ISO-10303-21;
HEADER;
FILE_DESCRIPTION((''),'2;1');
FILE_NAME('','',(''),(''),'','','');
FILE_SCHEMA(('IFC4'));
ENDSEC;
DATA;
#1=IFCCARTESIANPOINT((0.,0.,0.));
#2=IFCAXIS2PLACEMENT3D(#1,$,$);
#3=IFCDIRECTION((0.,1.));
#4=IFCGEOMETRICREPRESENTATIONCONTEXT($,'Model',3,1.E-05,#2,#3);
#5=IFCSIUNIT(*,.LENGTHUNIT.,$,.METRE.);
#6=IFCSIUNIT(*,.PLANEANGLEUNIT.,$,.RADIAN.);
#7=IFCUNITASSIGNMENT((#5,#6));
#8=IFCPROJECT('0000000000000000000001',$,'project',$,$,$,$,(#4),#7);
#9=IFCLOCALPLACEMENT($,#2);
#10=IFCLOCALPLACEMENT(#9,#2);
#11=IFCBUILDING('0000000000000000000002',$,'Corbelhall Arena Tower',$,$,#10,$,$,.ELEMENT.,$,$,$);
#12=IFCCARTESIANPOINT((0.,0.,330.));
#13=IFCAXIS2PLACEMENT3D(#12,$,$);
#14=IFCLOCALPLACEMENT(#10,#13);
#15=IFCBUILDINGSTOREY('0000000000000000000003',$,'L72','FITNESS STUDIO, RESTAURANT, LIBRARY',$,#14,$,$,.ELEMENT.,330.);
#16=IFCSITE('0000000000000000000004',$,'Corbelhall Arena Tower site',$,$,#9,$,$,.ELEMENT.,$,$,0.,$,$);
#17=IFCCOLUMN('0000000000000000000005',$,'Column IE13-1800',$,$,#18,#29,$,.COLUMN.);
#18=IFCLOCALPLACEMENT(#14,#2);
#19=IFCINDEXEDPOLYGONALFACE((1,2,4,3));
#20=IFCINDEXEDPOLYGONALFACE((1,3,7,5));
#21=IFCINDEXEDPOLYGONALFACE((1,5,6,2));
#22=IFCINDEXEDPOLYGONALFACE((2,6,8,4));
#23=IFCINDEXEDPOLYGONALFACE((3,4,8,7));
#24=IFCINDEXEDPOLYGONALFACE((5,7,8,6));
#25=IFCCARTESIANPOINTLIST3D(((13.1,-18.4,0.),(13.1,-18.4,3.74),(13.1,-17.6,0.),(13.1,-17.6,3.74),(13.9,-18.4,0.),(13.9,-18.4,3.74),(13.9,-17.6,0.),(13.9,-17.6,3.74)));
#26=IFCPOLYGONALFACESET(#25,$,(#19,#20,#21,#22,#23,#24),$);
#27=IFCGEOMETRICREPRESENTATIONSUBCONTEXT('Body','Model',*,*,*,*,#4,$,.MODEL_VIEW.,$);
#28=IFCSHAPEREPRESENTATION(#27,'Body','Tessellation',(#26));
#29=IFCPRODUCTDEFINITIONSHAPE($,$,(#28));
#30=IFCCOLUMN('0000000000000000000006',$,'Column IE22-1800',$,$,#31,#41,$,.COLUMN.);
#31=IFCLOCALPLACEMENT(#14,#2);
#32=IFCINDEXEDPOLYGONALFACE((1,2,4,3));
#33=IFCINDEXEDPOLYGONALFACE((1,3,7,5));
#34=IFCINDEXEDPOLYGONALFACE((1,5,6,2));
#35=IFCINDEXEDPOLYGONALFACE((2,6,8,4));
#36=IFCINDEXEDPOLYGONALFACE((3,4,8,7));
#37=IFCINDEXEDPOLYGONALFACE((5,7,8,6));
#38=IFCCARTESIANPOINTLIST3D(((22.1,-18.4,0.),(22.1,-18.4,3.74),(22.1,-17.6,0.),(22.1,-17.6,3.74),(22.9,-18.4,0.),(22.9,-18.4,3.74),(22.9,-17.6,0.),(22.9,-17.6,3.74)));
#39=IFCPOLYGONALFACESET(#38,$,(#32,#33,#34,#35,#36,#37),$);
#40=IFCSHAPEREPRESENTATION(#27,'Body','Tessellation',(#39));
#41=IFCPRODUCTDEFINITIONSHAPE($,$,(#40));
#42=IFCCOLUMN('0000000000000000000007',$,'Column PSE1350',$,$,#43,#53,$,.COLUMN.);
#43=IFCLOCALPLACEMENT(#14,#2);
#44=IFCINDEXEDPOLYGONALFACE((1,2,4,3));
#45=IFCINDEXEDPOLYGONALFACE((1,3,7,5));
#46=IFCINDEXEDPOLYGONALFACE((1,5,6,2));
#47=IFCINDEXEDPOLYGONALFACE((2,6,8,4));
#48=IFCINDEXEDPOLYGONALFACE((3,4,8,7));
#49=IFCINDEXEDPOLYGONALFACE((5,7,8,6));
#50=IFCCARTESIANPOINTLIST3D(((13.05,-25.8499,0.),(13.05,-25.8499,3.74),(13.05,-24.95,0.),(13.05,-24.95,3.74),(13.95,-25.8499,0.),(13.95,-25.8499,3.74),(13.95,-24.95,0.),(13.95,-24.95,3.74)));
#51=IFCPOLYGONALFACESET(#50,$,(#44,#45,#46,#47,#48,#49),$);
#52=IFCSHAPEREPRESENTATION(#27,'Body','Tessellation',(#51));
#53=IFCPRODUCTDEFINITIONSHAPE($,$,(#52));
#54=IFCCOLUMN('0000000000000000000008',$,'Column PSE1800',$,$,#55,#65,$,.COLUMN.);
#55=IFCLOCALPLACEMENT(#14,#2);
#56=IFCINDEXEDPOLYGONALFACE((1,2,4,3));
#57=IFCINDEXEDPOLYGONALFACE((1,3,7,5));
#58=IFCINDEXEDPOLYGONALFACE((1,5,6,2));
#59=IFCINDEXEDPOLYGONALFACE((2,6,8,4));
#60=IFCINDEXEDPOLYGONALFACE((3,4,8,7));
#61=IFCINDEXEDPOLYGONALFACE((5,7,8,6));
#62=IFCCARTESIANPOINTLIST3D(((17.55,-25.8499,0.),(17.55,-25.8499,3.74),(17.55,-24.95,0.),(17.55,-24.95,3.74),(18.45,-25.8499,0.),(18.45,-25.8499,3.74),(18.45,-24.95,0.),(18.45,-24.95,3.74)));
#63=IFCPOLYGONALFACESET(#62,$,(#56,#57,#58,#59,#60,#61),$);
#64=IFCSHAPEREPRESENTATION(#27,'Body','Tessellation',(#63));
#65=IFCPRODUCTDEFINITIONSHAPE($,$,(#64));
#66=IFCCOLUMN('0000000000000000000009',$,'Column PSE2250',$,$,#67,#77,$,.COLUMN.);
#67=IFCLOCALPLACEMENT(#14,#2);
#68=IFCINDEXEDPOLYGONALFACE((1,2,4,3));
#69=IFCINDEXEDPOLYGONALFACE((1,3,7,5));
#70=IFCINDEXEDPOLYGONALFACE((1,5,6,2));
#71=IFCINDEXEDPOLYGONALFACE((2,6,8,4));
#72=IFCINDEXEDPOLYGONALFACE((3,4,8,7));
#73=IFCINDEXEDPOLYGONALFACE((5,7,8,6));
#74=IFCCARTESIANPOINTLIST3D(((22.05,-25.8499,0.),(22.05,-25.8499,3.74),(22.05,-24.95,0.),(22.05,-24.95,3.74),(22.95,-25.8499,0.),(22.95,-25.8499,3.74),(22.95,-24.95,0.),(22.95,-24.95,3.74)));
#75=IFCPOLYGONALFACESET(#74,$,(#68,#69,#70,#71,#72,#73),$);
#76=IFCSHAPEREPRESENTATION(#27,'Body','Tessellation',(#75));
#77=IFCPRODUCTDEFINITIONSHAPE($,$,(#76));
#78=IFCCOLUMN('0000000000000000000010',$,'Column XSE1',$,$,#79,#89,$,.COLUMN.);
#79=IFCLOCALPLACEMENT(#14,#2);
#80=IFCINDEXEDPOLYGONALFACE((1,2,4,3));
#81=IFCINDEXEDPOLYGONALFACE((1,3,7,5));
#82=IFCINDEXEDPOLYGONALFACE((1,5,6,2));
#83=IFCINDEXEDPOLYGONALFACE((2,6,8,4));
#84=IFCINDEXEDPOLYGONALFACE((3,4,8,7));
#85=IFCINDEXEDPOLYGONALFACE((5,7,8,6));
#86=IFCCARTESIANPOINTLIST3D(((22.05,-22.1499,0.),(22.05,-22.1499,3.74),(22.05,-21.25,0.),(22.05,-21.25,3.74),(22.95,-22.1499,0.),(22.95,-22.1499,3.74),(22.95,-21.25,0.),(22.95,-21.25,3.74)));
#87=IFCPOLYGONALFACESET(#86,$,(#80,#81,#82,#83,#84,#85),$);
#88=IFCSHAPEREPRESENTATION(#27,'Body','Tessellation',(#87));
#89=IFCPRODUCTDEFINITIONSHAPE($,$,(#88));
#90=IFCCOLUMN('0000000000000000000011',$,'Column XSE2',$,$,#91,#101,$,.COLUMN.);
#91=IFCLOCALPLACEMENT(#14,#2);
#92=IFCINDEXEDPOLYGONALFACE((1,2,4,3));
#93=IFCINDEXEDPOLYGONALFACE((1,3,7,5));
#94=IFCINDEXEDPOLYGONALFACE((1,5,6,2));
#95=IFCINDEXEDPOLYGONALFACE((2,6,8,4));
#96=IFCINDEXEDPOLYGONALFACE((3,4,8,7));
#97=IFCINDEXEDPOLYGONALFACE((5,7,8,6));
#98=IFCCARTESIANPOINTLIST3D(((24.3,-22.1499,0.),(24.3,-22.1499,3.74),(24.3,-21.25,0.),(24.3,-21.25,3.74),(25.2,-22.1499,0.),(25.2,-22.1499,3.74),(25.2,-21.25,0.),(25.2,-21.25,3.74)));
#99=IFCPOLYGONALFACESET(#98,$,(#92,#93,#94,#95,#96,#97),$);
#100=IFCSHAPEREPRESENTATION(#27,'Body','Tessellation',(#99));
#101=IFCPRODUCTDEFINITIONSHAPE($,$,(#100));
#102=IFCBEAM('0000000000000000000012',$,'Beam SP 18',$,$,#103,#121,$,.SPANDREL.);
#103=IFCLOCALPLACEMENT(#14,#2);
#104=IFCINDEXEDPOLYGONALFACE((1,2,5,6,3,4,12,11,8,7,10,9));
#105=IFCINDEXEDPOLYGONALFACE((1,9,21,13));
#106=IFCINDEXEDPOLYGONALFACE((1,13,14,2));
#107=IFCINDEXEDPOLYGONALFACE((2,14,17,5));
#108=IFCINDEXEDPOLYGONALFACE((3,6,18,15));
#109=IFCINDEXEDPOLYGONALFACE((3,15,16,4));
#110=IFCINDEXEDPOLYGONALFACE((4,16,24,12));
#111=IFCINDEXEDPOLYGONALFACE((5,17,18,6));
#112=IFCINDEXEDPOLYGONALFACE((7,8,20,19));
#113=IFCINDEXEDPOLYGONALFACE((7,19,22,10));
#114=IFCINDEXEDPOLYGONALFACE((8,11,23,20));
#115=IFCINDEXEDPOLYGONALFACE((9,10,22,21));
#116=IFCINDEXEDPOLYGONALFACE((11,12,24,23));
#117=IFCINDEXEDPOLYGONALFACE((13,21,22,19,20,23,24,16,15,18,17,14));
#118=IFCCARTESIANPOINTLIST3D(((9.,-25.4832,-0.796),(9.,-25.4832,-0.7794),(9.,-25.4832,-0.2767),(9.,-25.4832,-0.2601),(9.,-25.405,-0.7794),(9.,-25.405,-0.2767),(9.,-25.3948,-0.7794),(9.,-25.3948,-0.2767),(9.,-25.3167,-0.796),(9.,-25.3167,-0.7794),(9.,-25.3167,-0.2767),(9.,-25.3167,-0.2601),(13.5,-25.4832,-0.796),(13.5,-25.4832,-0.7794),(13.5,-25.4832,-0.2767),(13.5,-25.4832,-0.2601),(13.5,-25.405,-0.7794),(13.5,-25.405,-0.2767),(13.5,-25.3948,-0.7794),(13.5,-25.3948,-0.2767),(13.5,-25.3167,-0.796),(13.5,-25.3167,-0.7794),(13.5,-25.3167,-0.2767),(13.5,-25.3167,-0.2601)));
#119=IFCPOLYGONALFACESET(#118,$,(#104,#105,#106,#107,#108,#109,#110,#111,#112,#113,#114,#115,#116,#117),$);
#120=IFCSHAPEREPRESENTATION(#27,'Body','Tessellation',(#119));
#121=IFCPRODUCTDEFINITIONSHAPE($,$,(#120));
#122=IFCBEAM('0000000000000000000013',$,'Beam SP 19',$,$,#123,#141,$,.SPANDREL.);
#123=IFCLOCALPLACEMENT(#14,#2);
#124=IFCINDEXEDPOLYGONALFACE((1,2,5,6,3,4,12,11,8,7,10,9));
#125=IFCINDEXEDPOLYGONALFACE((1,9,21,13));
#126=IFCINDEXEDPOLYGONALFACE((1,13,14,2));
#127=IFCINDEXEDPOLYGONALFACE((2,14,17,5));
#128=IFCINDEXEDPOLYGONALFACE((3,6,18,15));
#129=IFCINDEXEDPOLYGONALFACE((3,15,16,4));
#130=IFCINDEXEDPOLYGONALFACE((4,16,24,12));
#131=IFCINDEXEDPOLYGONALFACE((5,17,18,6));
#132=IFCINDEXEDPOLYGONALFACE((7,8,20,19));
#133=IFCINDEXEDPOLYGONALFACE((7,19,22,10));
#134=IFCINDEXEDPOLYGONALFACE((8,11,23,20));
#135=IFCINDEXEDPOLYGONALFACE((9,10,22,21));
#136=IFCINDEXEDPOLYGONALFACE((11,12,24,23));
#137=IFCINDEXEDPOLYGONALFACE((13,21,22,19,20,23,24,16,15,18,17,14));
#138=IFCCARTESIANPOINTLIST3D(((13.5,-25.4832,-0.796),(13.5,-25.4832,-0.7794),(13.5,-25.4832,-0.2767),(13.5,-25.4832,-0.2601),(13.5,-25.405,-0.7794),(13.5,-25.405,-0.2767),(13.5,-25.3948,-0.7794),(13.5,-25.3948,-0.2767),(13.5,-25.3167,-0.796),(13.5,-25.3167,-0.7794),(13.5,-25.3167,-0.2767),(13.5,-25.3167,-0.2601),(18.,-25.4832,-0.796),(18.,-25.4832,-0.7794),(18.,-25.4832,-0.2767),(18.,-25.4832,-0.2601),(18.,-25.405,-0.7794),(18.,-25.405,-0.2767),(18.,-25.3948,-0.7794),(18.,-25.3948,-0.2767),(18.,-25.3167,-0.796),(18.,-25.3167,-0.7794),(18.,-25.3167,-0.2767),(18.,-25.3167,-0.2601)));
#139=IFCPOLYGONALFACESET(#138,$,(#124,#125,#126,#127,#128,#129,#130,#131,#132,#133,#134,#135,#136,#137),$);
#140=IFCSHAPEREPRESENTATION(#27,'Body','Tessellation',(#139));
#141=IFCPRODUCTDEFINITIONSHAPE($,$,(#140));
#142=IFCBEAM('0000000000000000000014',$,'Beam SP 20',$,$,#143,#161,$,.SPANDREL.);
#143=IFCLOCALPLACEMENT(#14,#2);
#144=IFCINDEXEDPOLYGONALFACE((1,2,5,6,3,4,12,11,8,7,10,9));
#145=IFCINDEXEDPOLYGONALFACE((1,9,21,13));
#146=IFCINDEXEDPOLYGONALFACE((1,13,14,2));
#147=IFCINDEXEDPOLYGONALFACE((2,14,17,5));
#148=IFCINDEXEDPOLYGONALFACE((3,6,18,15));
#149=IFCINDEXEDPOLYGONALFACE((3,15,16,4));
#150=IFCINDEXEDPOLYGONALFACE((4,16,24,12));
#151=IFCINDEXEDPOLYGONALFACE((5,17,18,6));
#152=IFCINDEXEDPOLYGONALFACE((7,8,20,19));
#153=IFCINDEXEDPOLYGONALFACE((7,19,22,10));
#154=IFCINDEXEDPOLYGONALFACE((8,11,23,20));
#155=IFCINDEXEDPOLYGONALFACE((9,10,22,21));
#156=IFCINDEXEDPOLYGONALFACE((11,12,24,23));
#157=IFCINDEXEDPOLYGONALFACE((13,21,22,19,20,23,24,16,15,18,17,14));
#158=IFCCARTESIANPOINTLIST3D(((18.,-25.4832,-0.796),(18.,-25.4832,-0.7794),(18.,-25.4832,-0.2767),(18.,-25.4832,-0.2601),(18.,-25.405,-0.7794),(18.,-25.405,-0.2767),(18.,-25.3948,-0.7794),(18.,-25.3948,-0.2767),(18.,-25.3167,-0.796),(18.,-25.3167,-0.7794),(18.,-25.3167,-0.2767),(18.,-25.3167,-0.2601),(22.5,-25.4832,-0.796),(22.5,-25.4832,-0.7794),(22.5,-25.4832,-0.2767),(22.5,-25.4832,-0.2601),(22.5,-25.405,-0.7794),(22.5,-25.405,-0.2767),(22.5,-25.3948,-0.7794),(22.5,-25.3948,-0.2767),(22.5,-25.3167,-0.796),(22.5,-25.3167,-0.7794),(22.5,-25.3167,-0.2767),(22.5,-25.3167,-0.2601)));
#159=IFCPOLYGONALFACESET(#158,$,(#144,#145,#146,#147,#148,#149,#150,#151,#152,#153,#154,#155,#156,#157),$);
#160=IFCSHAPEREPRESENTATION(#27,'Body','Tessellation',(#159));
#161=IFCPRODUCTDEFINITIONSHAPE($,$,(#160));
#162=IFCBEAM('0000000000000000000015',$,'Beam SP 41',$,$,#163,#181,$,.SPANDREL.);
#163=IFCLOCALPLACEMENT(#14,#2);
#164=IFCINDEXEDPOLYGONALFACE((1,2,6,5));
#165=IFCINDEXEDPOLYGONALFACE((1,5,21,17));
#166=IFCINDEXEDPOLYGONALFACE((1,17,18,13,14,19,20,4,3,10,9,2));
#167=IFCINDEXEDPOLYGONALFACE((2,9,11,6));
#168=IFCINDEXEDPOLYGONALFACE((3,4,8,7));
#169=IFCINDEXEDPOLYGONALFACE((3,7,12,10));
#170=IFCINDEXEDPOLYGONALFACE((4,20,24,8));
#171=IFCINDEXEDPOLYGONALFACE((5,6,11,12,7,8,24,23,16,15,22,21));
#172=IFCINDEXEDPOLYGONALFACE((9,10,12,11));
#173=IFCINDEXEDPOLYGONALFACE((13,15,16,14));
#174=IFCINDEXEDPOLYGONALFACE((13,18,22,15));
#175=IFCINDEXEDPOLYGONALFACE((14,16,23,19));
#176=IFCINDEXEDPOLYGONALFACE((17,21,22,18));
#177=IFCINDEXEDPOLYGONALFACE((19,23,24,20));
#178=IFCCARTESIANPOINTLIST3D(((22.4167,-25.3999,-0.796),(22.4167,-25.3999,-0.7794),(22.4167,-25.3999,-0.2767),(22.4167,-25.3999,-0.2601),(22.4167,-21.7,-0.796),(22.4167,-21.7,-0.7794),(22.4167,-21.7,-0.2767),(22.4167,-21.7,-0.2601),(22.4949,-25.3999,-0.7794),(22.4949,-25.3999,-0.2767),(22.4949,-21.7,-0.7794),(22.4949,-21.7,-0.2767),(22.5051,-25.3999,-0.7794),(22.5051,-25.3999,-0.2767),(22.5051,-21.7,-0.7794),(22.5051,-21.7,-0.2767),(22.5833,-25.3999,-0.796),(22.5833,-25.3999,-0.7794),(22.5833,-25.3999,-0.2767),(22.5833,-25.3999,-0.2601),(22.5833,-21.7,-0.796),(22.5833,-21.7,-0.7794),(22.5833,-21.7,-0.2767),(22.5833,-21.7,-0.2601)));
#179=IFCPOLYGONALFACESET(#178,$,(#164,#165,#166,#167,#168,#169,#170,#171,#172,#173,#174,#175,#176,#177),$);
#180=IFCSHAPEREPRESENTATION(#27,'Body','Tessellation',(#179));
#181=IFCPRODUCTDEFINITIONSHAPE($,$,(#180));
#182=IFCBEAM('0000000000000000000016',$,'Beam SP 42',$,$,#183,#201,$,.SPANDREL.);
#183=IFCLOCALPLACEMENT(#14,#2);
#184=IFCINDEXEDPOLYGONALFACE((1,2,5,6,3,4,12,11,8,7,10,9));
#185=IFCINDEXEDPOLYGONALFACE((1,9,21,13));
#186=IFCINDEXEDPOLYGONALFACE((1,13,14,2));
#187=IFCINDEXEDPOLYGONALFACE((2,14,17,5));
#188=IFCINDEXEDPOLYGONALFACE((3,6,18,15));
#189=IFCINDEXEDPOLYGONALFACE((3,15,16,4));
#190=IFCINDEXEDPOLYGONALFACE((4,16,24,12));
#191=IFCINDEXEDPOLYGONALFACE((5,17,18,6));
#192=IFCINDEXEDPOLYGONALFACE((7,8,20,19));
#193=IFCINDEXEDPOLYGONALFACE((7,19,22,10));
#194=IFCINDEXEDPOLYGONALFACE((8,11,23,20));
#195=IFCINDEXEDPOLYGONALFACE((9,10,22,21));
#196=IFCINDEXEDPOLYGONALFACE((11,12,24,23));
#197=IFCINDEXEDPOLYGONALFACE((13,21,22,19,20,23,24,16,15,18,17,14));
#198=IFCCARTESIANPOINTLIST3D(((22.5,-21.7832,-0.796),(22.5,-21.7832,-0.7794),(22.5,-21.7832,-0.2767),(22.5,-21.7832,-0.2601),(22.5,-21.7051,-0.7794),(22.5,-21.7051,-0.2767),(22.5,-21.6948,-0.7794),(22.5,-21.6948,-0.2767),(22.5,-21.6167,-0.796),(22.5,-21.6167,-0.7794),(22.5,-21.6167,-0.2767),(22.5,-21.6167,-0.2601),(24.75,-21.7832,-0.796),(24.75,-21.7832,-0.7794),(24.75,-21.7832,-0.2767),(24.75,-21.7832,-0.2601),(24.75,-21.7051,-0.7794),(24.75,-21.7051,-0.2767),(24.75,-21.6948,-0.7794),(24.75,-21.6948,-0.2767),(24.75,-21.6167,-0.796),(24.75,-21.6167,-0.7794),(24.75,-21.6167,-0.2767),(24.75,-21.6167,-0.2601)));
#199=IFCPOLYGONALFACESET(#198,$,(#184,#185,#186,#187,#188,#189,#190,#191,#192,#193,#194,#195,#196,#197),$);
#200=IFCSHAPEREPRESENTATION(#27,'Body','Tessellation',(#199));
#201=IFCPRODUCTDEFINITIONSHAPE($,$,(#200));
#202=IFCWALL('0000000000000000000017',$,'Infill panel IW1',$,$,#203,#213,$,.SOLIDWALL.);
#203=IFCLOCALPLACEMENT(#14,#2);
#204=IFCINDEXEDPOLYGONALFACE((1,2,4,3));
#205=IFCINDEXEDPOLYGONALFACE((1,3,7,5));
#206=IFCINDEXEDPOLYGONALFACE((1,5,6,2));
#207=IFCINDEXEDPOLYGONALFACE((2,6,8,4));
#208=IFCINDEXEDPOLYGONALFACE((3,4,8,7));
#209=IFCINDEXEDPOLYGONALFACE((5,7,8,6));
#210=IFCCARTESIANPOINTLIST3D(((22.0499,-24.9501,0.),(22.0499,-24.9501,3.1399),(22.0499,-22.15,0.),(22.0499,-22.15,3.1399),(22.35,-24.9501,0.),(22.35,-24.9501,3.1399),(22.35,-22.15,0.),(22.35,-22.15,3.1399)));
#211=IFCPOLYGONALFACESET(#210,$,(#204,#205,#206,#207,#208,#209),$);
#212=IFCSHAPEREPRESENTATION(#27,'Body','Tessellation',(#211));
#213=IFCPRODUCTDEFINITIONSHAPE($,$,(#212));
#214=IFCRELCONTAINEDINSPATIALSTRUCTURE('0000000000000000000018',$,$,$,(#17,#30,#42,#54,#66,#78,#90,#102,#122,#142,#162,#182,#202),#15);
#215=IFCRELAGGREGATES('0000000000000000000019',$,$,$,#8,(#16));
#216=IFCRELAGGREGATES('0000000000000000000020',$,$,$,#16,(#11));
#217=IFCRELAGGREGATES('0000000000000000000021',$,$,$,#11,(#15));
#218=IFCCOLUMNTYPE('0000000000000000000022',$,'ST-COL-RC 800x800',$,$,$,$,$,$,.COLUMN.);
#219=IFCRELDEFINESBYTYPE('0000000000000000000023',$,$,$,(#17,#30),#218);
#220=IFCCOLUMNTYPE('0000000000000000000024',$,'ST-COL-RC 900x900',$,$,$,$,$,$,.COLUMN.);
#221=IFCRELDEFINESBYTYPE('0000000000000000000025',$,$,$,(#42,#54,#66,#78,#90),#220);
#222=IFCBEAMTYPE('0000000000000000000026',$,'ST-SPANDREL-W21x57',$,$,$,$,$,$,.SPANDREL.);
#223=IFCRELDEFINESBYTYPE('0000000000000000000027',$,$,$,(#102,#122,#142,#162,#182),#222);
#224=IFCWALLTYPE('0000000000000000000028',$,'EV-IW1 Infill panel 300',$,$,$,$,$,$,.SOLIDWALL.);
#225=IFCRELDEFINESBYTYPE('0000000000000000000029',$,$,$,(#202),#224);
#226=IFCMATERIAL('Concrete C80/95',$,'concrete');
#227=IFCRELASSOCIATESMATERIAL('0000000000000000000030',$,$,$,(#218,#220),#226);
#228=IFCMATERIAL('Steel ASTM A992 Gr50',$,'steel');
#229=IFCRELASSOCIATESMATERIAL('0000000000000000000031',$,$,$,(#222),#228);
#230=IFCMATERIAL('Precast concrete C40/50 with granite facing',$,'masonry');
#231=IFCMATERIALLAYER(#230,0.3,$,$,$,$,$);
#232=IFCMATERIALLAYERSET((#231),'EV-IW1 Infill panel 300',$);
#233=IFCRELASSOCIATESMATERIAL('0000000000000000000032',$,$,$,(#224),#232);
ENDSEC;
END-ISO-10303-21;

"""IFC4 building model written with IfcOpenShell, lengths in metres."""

from ifc_helpers import new_model, si_unit, direction, frame, frame_2d, origin, origin_2d, place, context, subcontext, project, spatial, rectangle, i_section, extrude, material, layer, layer_set, material_profile, profile_set, type_object, element, save


model = new_model("IFC4")

# Units and contexts
model_context = context("Model", 3, precision=1e-05, world=origin(), true_north=direction((0.0, 1.0)))
body_context = subcontext(model_context, "Body", "Model", "MODEL_VIEW")
ifc_project = project(units=[si_unit("LENGTHUNIT", "METRE"), si_unit("PLANEANGLEUNIT", "RADIAN")], contexts=[model_context])

# Site, building, storey
site_placement = place(None, origin())
site = spatial("IfcSite", under=ifc_project, at=site_placement, Name="Corbelhall Arena Tower site", CompositionType="ELEMENT", RefElevation=0.0)
building_placement = place(site_placement, origin())
building = spatial("IfcBuilding", under=site, at=building_placement, Name="Corbelhall Arena Tower", CompositionType="ELEMENT")
storey_placement = place(building_placement, frame((0.0, 0.0, 330.0)))
storey = spatial("IfcBuildingStorey", under=building, at=storey_placement, Name="L72", Description="FITNESS STUDIO, RESTAURANT, LIBRARY", CompositionType="ELEMENT", Elevation=330.0)

# Columns
ifc_material_1 = material(Name="Concrete C80/95", Category="concrete")
ifc_material_profile_1 = material_profile(ifc_material_1, rectangle(XDim=0.8, YDim=0.8, at=origin_2d()))
ifc_profile_set_1 = profile_set([ifc_material_profile_1], Name="Concrete C80/95")
column_type_1 = type_object("IfcColumnType", Name="ST-COL-RC 800x800", PredefinedType="COLUMN", material=ifc_profile_set_1)
for number, where, z_axis, x_axis, name in (
    (1, (13.5, -18.0, 0.0), (0.0, 0.0, 1.0), (1.0, 0.0, 0.0), "Column IE13-1800"),
    (2, (22.5, -18.0, 0.0), (0.0, 0.0, 1.0), (1.0, 0.0, 0.0), "Column IE22-1800"),
):
    element("IfcColumn", number, at=place(storey_placement, frame(where, z_axis=z_axis, x_axis=x_axis)), inside=storey, type_object=column_type_1, Name=name, PredefinedType="COLUMN", context=body_context, shape_type="SweptSolid", body=[
        extrude(rectangle(XDim=0.8, YDim=0.8, at=origin_2d()), origin(), (0.0, 0.0, 1.0), 3.74),
    ])
ifc_material_profile_2 = material_profile(ifc_material_1, rectangle(XDim=0.8999, YDim=0.8999, at=origin_2d()))
ifc_profile_set_2 = profile_set([ifc_material_profile_2], Name="Concrete C80/95")
column_type_2 = type_object("IfcColumnType", Name="ST-COL-RC 900x900", PredefinedType="COLUMN", material=ifc_profile_set_2)
for number, where, z_axis, x_axis, name in (
    (3, (13.5, -25.3999, 0.0), (0.0, 0.0, 1.0), (1.0, 0.0, 0.0), "Column PSE1350"),
    (4, (18.0, -25.3999, 0.0), (0.0, 0.0, 1.0), (1.0, 0.0, 0.0), "Column PSE1800"),
    (5, (22.5, -25.3999, 0.0), (0.0, 0.0, 1.0), (1.0, 0.0, 0.0), "Column PSE2250"),
    (6, (22.5, -21.7, 0.0), (0.0, 0.0, 1.0), (1.0, 0.0, 0.0), "Column XSE1"),
    (7, (24.75, -21.7, 0.0), (0.0, 0.0, 1.0), (1.0, 0.0, 0.0), "Column XSE2"),
):
    element("IfcColumn", number, at=place(storey_placement, frame(where, z_axis=z_axis, x_axis=x_axis)), inside=storey, type_object=column_type_2, Name=name, PredefinedType="COLUMN", context=body_context, shape_type="SweptSolid", body=[
        extrude(rectangle(XDim=0.8999, YDim=0.8999, at=origin_2d()), origin(), (0.0, 0.0, 1.0), 3.74),
    ])

# Beams
ifc_material_2 = material(Name="Steel ASTM A992 Gr50", Category="steel")
ifc_material_profile_3 = material_profile(ifc_material_2, i_section(OverallWidth=0.1665, OverallDepth=0.5359, WebThickness=0.0103, FlangeThickness=0.0166, at=origin_2d()))
ifc_profile_set_3 = profile_set([ifc_material_profile_3], Name="Steel ASTM A992 Gr50")
beam_type = type_object("IfcBeamType", Name="ST-SPANDREL-W21x57", PredefinedType="SPANDREL", material=ifc_profile_set_3)
for number, where, z_axis, x_axis, name in (
    (8, (13.5, -25.3999, -0.5281), (-1.0, 0.0, 0.0), (0.0, -1.0, 0.0), "Beam SP 18"),
    (9, (18.0, -25.3999, -0.5281), (-1.0, 0.0, 0.0), (0.0, -1.0, 0.0), "Beam SP 19"),
    (10, (22.5, -25.3999, -0.5281), (-1.0, 0.0, 0.0), (0.0, -1.0, 0.0), "Beam SP 20"),
):
    element("IfcBeam", number, at=place(storey_placement, frame(where, z_axis=z_axis, x_axis=x_axis)), inside=storey, type_object=beam_type, Name=name, PredefinedType="SPANDREL", context=body_context, shape_type="SweptSolid", body=[
        extrude(i_section(OverallWidth=0.1665, OverallDepth=0.5359, WebThickness=0.0103, FlangeThickness=0.0166, at=origin_2d()), origin(), (0.0, 0.0, 1.0), 4.5),
    ])
beam_1_placement = place(storey_placement, frame((22.5, -21.7, -0.5281), z_axis=(0.0, -1.0, 0.0), x_axis=(1.0, 0.0, 0.0)))
element("IfcBeam", 11, at=beam_1_placement, inside=storey, type_object=beam_type, Name="Beam SP 41", PredefinedType="SPANDREL", context=body_context, shape_type="SweptSolid", body=[
    extrude(i_section(OverallWidth=0.1665, OverallDepth=0.5359, WebThickness=0.0103, FlangeThickness=0.0166, at=origin_2d()), origin(), (0.0, 0.0, 1.0), 3.7),
])
beam_2_placement = place(storey_placement, frame((24.75, -21.7, -0.5281), z_axis=(-1.0, 0.0, 0.0), x_axis=(0.0, -1.0, 0.0)))
element("IfcBeam", 12, at=beam_2_placement, inside=storey, type_object=beam_type, Name="Beam SP 42", PredefinedType="SPANDREL", context=body_context, shape_type="SweptSolid", body=[
    extrude(i_section(OverallWidth=0.1665, OverallDepth=0.5359, WebThickness=0.0103, FlangeThickness=0.0166, at=origin_2d()), origin(), (0.0, 0.0, 1.0), 2.25),
])

# Shared definitions
ifc_material_3 = material(Name="Precast concrete C40/50 with granite facing", Category="masonry")
ifc_layer_1 = layer(ifc_material_3, 0.3)
ifc_layer_set_1 = layer_set([ifc_layer_1], Name="EV-IW1 Infill panel 300")
wall_type_1 = type_object("IfcWallType", Name="EV-IW1 Infill panel 300", PredefinedType="SOLIDWALL", material=ifc_layer_set_1)

# Wall
wall_1_placement = place(storey_placement, frame((22.2, -24.95, 0.0), z_axis=(0.0, 0.0, 1.0), x_axis=(0.0, 1.0, 0.0)))
element("IfcWall", 13, at=wall_1_placement, inside=storey, type_object=wall_type_1, Name="Infill panel IW1", PredefinedType="SOLIDWALL", context=body_context, shape_type="SweptSolid", body=[
    extrude(rectangle(XDim=2.8, YDim=0.3, at=frame_2d((1.3999, 0.0))), origin(), (0.0, 0.0, 1.0), 3.1399),
])

save(model, "model.ifc")
